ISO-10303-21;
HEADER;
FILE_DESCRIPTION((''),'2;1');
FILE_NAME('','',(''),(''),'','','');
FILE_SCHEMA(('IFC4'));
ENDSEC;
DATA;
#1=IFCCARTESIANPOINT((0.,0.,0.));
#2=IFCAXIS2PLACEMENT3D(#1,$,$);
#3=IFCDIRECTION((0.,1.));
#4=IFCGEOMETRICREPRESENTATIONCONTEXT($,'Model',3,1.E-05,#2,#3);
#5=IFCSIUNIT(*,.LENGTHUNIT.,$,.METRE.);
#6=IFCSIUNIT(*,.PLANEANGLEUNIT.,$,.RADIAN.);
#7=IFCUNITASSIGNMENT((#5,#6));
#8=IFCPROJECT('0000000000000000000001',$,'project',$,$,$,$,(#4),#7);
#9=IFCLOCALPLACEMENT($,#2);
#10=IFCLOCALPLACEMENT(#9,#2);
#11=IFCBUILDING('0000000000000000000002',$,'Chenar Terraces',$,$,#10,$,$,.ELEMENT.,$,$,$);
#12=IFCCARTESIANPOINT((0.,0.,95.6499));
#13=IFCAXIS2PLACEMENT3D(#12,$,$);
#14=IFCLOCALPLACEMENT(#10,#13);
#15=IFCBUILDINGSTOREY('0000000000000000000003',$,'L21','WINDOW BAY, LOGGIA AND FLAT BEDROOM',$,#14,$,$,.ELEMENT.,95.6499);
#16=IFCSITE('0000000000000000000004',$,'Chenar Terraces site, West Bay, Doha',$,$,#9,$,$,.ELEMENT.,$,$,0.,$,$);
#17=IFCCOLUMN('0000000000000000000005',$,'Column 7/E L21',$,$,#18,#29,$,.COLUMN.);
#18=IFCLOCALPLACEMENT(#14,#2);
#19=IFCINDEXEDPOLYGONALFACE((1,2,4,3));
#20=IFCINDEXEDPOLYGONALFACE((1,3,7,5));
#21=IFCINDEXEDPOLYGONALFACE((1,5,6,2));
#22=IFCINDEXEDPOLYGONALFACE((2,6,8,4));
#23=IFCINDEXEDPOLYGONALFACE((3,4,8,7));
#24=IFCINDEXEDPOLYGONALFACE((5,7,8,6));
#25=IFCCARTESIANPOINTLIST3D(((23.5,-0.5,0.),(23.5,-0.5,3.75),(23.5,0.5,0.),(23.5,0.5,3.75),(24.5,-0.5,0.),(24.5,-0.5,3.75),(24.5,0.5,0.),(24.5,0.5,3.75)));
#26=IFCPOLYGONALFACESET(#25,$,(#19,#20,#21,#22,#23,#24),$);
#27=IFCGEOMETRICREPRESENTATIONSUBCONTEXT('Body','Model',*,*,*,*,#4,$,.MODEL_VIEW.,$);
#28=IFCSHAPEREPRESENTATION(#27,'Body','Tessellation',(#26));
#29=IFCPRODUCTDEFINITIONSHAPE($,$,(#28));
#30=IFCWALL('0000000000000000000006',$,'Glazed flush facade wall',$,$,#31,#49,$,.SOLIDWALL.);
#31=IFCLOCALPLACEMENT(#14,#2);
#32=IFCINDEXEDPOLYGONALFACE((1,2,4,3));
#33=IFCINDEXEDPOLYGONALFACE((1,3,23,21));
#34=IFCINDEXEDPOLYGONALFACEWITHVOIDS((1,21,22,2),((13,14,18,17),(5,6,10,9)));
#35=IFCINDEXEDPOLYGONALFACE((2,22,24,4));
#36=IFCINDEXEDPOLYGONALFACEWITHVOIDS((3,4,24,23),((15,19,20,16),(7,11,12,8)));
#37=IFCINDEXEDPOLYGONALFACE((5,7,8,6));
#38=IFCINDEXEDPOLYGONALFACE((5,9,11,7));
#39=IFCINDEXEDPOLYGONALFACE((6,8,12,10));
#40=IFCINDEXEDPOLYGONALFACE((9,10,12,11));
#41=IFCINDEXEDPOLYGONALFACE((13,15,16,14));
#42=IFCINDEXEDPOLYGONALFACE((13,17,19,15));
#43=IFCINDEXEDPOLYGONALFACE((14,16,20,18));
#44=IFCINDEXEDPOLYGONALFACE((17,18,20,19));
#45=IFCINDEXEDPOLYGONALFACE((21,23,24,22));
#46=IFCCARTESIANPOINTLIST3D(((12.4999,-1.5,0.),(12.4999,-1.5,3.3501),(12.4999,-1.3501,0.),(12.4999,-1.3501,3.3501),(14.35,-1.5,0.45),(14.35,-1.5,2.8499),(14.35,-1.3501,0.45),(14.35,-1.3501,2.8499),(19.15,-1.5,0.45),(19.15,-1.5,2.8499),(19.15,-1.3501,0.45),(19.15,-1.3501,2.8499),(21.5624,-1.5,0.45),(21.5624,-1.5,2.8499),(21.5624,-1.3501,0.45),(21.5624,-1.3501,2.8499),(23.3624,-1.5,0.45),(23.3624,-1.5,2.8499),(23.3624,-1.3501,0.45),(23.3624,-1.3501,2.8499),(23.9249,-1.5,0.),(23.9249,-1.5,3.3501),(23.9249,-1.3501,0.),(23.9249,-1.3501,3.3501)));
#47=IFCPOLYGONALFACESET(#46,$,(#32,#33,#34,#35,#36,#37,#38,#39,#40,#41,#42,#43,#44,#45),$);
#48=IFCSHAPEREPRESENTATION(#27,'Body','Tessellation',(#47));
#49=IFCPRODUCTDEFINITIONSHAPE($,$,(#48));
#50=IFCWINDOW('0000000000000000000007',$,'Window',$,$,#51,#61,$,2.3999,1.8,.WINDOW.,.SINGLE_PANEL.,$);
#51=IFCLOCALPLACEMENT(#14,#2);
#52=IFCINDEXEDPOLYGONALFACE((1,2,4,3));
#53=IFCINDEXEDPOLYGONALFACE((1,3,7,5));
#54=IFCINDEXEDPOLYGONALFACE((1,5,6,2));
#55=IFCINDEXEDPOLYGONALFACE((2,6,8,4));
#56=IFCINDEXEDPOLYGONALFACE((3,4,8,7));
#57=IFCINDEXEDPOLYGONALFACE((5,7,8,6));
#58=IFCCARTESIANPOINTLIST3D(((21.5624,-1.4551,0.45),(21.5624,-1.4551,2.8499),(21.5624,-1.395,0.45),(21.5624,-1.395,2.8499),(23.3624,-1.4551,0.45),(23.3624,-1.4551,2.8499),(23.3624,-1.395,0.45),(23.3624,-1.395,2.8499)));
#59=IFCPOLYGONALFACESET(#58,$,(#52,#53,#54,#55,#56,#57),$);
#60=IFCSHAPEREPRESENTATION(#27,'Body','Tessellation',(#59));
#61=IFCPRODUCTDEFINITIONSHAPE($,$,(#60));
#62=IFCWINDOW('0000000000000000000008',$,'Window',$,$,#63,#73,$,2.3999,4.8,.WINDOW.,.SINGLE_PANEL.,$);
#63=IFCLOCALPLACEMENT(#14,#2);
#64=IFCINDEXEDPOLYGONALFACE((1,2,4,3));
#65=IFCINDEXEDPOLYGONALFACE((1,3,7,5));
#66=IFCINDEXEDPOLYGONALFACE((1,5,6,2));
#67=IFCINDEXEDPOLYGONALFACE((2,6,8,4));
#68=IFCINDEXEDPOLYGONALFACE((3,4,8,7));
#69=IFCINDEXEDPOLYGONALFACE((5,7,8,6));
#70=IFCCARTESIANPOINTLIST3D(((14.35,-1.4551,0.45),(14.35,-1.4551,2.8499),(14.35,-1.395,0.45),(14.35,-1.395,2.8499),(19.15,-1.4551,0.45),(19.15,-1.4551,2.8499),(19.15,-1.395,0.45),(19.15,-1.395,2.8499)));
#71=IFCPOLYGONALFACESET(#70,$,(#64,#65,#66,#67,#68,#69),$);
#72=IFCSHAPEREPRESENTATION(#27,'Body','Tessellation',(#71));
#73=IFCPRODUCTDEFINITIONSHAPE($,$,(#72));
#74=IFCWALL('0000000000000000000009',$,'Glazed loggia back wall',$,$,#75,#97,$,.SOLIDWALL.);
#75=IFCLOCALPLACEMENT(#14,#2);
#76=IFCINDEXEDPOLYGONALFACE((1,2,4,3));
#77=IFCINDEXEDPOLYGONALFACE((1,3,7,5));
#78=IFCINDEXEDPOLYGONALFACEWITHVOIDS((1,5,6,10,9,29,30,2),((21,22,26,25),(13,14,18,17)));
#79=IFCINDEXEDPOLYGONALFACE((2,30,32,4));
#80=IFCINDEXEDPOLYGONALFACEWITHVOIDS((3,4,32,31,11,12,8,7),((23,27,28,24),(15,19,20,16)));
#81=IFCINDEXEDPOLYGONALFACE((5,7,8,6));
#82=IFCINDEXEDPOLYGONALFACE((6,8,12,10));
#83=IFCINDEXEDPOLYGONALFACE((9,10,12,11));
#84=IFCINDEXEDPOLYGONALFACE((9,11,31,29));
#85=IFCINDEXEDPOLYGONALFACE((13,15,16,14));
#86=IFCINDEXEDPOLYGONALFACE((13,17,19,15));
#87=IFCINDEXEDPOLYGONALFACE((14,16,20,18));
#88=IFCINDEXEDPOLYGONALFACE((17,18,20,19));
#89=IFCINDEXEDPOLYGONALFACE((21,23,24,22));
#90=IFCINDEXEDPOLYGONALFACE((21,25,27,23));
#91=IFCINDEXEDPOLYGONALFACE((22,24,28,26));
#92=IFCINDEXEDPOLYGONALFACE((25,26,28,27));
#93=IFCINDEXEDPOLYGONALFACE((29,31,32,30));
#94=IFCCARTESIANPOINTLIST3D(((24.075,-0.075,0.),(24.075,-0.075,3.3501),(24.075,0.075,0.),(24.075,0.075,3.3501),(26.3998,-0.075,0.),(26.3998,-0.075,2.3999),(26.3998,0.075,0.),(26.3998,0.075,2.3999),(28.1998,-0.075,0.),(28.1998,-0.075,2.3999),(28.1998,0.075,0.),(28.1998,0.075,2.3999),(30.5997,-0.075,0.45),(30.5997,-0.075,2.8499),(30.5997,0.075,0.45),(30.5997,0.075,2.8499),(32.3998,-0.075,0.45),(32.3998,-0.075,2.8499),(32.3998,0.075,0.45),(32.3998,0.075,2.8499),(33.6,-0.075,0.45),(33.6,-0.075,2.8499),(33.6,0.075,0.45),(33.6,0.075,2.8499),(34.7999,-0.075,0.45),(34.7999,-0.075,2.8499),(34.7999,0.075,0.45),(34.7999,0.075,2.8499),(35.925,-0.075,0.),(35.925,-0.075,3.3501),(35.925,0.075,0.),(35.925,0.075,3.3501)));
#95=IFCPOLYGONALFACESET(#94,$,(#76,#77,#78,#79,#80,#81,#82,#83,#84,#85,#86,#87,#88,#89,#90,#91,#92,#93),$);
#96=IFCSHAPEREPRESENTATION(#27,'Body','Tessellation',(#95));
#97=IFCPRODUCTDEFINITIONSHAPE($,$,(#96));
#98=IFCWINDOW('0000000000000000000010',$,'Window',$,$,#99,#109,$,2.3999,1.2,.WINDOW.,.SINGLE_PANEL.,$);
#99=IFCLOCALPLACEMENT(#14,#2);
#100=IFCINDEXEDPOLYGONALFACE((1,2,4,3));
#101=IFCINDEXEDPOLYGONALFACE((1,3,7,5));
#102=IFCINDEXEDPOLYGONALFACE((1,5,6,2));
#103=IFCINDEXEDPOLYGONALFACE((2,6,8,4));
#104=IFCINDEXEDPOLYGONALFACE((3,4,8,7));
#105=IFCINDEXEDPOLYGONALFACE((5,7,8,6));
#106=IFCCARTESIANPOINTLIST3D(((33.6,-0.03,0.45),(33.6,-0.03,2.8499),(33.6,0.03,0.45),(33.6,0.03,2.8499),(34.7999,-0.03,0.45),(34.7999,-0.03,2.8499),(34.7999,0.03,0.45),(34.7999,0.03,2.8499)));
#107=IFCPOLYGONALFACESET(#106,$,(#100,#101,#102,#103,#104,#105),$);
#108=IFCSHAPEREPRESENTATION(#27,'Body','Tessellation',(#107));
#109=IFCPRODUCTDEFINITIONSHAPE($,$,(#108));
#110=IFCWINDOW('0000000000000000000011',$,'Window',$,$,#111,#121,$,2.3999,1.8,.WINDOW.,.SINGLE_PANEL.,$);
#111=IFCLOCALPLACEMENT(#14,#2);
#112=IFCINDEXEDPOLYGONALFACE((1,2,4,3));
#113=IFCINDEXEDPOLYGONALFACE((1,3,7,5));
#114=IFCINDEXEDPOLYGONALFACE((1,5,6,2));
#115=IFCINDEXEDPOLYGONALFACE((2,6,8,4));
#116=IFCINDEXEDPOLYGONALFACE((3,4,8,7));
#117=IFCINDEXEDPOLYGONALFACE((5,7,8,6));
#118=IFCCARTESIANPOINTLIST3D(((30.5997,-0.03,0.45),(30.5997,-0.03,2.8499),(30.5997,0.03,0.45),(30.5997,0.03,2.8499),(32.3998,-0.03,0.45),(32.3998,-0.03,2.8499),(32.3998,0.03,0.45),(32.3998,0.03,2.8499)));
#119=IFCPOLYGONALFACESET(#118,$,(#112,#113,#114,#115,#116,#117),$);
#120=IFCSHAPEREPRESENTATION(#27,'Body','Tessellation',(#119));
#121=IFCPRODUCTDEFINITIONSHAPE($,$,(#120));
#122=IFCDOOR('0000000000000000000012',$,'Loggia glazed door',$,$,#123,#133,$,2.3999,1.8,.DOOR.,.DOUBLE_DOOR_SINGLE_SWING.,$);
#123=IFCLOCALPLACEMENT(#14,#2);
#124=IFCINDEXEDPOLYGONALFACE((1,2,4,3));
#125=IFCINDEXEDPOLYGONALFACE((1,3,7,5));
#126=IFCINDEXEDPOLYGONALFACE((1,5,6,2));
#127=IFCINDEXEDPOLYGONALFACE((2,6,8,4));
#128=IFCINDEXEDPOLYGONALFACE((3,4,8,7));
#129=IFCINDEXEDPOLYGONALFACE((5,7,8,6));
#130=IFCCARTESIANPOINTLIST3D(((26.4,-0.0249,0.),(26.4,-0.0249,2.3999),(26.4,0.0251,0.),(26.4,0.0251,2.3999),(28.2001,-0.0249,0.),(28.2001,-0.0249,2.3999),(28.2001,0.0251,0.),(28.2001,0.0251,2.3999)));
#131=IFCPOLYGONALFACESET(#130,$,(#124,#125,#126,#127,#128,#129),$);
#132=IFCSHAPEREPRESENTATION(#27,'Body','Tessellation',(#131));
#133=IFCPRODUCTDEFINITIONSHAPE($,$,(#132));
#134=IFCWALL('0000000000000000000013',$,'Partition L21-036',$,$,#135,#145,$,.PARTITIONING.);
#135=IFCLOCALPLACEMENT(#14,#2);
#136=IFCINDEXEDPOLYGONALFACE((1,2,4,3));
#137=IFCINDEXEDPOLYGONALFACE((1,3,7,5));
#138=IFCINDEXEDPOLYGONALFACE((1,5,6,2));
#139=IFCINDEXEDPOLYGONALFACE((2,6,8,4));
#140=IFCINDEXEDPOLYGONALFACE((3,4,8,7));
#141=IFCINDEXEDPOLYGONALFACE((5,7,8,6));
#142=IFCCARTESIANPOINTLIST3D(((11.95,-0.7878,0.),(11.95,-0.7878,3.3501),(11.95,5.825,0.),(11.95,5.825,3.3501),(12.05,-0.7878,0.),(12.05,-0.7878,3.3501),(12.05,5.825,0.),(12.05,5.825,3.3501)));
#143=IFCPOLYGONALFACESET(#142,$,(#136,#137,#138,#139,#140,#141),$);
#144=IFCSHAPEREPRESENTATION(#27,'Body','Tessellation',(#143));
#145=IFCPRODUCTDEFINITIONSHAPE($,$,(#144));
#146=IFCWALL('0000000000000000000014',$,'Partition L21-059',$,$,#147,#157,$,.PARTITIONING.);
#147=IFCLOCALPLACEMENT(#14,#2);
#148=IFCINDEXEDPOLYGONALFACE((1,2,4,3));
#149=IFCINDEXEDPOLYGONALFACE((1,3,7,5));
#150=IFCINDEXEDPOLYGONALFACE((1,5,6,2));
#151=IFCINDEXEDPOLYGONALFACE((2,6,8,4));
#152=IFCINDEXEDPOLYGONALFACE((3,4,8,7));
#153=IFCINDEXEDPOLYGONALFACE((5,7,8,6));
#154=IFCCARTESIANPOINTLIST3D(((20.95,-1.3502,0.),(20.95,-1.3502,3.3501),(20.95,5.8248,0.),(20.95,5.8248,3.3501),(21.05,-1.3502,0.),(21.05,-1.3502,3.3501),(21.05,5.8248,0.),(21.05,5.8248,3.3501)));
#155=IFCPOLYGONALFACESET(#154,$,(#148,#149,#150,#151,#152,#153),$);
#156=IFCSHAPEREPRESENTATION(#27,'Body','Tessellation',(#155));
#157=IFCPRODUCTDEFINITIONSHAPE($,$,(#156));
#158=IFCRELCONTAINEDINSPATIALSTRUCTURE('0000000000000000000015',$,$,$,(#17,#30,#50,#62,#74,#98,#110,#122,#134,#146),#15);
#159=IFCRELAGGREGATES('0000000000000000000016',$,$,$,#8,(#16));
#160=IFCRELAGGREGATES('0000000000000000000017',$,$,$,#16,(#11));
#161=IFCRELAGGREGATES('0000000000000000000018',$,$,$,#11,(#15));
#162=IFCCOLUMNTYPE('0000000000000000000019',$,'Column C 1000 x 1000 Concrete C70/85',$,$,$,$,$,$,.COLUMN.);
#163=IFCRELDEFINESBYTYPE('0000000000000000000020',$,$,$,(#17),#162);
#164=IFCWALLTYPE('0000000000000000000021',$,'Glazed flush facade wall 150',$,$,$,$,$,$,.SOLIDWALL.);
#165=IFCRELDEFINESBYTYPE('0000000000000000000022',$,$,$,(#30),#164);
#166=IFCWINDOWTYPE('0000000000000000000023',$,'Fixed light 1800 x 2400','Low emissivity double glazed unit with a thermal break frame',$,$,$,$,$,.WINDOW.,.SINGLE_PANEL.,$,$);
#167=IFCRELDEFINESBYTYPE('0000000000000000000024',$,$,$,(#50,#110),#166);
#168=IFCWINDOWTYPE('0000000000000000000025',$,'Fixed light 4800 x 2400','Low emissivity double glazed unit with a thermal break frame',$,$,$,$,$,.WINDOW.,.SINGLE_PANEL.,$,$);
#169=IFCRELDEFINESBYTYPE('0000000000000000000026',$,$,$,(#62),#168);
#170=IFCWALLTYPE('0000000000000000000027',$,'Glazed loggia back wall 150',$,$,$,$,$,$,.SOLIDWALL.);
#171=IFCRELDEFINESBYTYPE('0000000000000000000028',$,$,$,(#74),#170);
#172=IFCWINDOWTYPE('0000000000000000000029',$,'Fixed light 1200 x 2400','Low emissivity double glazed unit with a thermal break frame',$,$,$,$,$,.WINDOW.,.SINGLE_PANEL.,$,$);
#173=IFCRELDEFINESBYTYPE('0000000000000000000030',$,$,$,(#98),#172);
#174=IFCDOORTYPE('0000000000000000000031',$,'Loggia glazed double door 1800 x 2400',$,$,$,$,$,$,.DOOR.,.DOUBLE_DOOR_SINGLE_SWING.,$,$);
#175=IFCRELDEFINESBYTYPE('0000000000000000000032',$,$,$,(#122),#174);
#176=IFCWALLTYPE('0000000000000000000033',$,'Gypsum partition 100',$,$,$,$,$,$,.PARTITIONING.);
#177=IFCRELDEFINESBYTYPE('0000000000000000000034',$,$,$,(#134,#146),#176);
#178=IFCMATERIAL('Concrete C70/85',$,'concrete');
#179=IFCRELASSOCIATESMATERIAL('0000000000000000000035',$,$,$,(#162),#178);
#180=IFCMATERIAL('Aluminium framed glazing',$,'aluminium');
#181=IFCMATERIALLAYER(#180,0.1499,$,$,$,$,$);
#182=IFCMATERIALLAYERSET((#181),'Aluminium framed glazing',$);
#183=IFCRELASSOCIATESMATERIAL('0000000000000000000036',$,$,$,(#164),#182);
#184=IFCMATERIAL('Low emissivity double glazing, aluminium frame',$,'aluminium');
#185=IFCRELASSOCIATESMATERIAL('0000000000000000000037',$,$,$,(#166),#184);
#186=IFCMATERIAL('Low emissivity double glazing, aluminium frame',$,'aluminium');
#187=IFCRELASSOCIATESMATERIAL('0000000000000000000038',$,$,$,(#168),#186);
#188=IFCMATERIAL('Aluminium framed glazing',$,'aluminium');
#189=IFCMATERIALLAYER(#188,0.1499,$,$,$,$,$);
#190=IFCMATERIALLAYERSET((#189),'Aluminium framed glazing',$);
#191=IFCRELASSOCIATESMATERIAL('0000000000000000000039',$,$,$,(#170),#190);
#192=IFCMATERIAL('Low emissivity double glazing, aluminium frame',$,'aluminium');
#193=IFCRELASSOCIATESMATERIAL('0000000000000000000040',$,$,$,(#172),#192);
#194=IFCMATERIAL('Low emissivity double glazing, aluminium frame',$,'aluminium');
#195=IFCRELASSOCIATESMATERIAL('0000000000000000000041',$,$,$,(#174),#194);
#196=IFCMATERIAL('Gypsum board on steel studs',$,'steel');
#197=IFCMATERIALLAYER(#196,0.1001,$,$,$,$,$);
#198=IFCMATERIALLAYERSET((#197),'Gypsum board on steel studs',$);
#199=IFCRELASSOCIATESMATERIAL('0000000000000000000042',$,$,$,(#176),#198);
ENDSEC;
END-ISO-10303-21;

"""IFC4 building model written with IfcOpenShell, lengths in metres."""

from ifc_helpers import new_model, si_unit, direction, frame, frame_2d, origin, origin_2d, place, context, subcontext, project, spatial, rectangle, extrude, material, layer, layer_set, material_profile, profile_set, type_object, element, fill, save


model = new_model("IFC4")

# Units and contexts
model_context = context("Model", 3, precision=1e-05, world=origin(), true_north=direction((0.0, 1.0)))
body_context = subcontext(model_context, "Body", "Model", "MODEL_VIEW")
ifc_project = project(units=[si_unit("LENGTHUNIT", "METRE"), si_unit("PLANEANGLEUNIT", "RADIAN")], contexts=[model_context])

# Site, building, storey
site_placement = place(None, origin())
site = spatial("IfcSite", under=ifc_project, at=site_placement, Name="Chenar Terraces site, West Bay, Doha", CompositionType="ELEMENT", RefElevation=0.0)
building_placement = place(site_placement, origin())
building = spatial("IfcBuilding", under=site, at=building_placement, Name="Chenar Terraces", CompositionType="ELEMENT")
storey_placement = place(building_placement, frame((0.0, 0.0, 95.6499)))
storey = spatial("IfcBuildingStorey", under=building, at=storey_placement, Name="L21", Description="WINDOW BAY, LOGGIA AND FLAT BEDROOM", CompositionType="ELEMENT", Elevation=95.6499)

# Column
ifc_material_1 = material(Name="Concrete C70/85", Category="concrete")
ifc_material_profile = material_profile(ifc_material_1, rectangle(XDim=1.0, YDim=1.0, at=origin_2d()), Name="C 1000 x 1000")
ifc_profile_set = profile_set([ifc_material_profile], Name="Concrete C70/85")
column_type = type_object("IfcColumnType", Name="Column C 1000 x 1000 Concrete C70/85", PredefinedType="COLUMN", material=ifc_profile_set)
column_placement = place(storey_placement, frame((24.0, 0.0, 0.0), z_axis=(0.0, 0.0, 1.0), x_axis=(1.0, 0.0, 0.0)))
element("IfcColumn", 1, at=column_placement, inside=storey, type_object=column_type, Name="Column 7/E L21", PredefinedType="COLUMN", context=body_context, shape_type="SweptSolid", body=[
    extrude(rectangle(XDim=1.0, YDim=1.0, at=origin_2d()), origin(), (0.0, 0.0, 1.0), 3.75),
])

# Wall, openings, windows
ifc_material_2 = material(Name="Aluminium framed glazing", Category="aluminium")
ifc_layer_1 = layer(ifc_material_2, 0.1499)
ifc_layer_set_1 = layer_set([ifc_layer_1], Name="Aluminium framed glazing")
wall_type_1 = type_object("IfcWallType", Name="Glazed flush facade wall 150", PredefinedType="SOLIDWALL", material=ifc_layer_set_1)
wall_1_placement = place(storey_placement, frame((12.5, -1.425, 0.0), z_axis=(0.0, 0.0, 1.0), x_axis=(1.0, 0.0, 0.0)))
wall_1 = element("IfcWall", 2, at=wall_1_placement, inside=storey, type_object=wall_type_1, Name="Glazed flush facade wall", PredefinedType="SOLIDWALL", context=body_context, shape_type="SweptSolid", body=[
    extrude(rectangle(XDim=11.425, YDim=0.1499, at=frame_2d((5.7124, 0.0))), origin(), (0.0, 0.0, 1.0), 3.3501),
])
opening_1_placement = place(wall_1_placement, frame((1.8501, 0.0, 0.45)))
opening_1 = element("IfcOpeningElement", 3, at=opening_1_placement, cuts=wall_1, PredefinedType="OPENING", context=body_context, shape_type="SweptSolid", body=[
    extrude(rectangle(XDim=4.8, YDim=2.3999, at=frame_2d((2.3999, 1.2))), frame((0.0, 0.085, 0.0), z_axis=(0.0, -1.0, 0.0), x_axis=(1.0, 0.0, 0.0)), (0.0, 0.0, 1.0), 0.1699),
])
opening_2_placement = place(wall_1_placement, frame((9.0625, 0.0, 0.45)))
opening_2 = element("IfcOpeningElement", 4, at=opening_2_placement, cuts=wall_1, PredefinedType="OPENING", context=body_context, shape_type="SweptSolid", body=[
    extrude(rectangle(XDim=1.8, YDim=2.3999, at=frame_2d((0.8999, 1.2))), frame((0.0, 0.085, 0.0), z_axis=(0.0, -1.0, 0.0), x_axis=(1.0, 0.0, 0.0)), (0.0, 0.0, 1.0), 0.1699),
])
ifc_material_3 = material(Name="Low emissivity double glazing, aluminium frame", Category="aluminium")
window_type_1 = type_object("IfcWindowType", Name="Fixed light 1800 x 2400", Description="Low emissivity double glazed unit with a thermal break frame", PartitioningType="SINGLE_PANEL", PredefinedType="WINDOW", material=ifc_material_3)
window_1_placement = place(opening_2_placement, origin())
window_1 = element("IfcWindow", 5, at=window_1_placement, inside=storey, type_object=window_type_1, Name="Window", OverallHeight=2.3999, OverallWidth=1.8, PartitioningType="SINGLE_PANEL", PredefinedType="WINDOW", context=body_context, shape_type="SweptSolid", body=[
    extrude(rectangle(XDim=1.8, YDim=2.3999, at=frame_2d((0.8999, 1.2))), frame((0.0, 0.03, 0.0), z_axis=(0.0, -1.0, 0.0), x_axis=(1.0, 0.0, 0.0)), (0.0, 0.0, 1.0), 0.0601),
])
fill(opening_2, window_1)
ifc_material_4 = material(Name="Low emissivity double glazing, aluminium frame", Category="aluminium")
window_type_2 = type_object("IfcWindowType", Name="Fixed light 4800 x 2400", Description="Low emissivity double glazed unit with a thermal break frame", PartitioningType="SINGLE_PANEL", PredefinedType="WINDOW", material=ifc_material_4)
window_2_placement = place(opening_1_placement, origin())
window_2 = element("IfcWindow", 6, at=window_2_placement, inside=storey, type_object=window_type_2, Name="Window", OverallHeight=2.3999, OverallWidth=4.8, PartitioningType="SINGLE_PANEL", PredefinedType="WINDOW", context=body_context, shape_type="SweptSolid", body=[
    extrude(rectangle(XDim=4.8, YDim=2.3999, at=frame_2d((2.3999, 1.2))), frame((0.0, 0.03, 0.0), z_axis=(0.0, -1.0, 0.0), x_axis=(1.0, 0.0, 0.0)), (0.0, 0.0, 1.0), 0.0601),
])
fill(opening_1, window_2)

# Wall, openings, windows, door
ifc_material_5 = material(Name="Aluminium framed glazing", Category="aluminium")
ifc_layer_2 = layer(ifc_material_5, 0.1499)
ifc_layer_set_2 = layer_set([ifc_layer_2], Name="Aluminium framed glazing")
wall_type_2 = type_object("IfcWallType", Name="Glazed loggia back wall 150", PredefinedType="SOLIDWALL", material=ifc_layer_set_2)
wall_2_placement = place(storey_placement, frame((24.075, 0.0, 0.0), z_axis=(0.0, 0.0, 1.0), x_axis=(1.0, 0.0, 0.0)))
wall_2 = element("IfcWall", 7, at=wall_2_placement, inside=storey, type_object=wall_type_2, Name="Glazed loggia back wall", PredefinedType="SOLIDWALL", context=body_context, shape_type="SweptSolid", body=[
    extrude(rectangle(XDim=11.8501, YDim=0.1499, at=frame_2d((5.925, 0.0))), origin(), (0.0, 0.0, 1.0), 3.3501),
])
opening_3_placement = place(wall_2_placement, frame((2.325, 0.0, 0.0)))
opening_3 = element("IfcOpeningElement", 8, at=opening_3_placement, cuts=wall_2, PredefinedType="OPENING", context=body_context, shape_type="SweptSolid", body=[
    extrude(rectangle(XDim=1.8, YDim=2.3999, at=frame_2d((0.8999, 1.2))), frame((0.0, 0.085, 0.0), z_axis=(0.0, -1.0, 0.0), x_axis=(1.0, 0.0, 0.0)), (0.0, 0.0, 1.0), 0.1699),
])
opening_4_placement = place(wall_2_placement, frame((6.5249, 0.0, 0.45)))
opening_4 = element("IfcOpeningElement", 9, at=opening_4_placement, cuts=wall_2, PredefinedType="OPENING", context=body_context, shape_type="SweptSolid", body=[
    extrude(rectangle(XDim=1.8, YDim=2.3999, at=frame_2d((0.8999, 1.2))), frame((0.0, 0.085, 0.0), z_axis=(0.0, -1.0, 0.0), x_axis=(1.0, 0.0, 0.0)), (0.0, 0.0, 1.0), 0.1699),
])
opening_5_placement = place(wall_2_placement, frame((9.5249, 0.0, 0.45)))
opening_5 = element("IfcOpeningElement", 10, at=opening_5_placement, cuts=wall_2, PredefinedType="OPENING", context=body_context, shape_type="SweptSolid", body=[
    extrude(rectangle(XDim=1.2, YDim=2.3999, at=frame_2d((0.6001, 1.2))), frame((0.0, 0.085, 0.0), z_axis=(0.0, -1.0, 0.0), x_axis=(1.0, 0.0, 0.0)), (0.0, 0.0, 1.0), 0.1699),
])
ifc_material_6 = material(Name="Low emissivity double glazing, aluminium frame", Category="aluminium")
window_type_3 = type_object("IfcWindowType", Name="Fixed light 1200 x 2400", Description="Low emissivity double glazed unit with a thermal break frame", PartitioningType="SINGLE_PANEL", PredefinedType="WINDOW", material=ifc_material_6)
window_3_placement = place(opening_5_placement, origin())
window_3 = element("IfcWindow", 11, at=window_3_placement, inside=storey, type_object=window_type_3, Name="Window", OverallHeight=2.3999, OverallWidth=1.2, PartitioningType="SINGLE_PANEL", PredefinedType="WINDOW", context=body_context, shape_type="SweptSolid", body=[
    extrude(rectangle(XDim=1.2, YDim=2.3999, at=frame_2d((0.6001, 1.2))), frame((0.0, 0.03, 0.0), z_axis=(0.0, -1.0, 0.0), x_axis=(1.0, 0.0, 0.0)), (0.0, 0.0, 1.0), 0.0601),
])
fill(opening_5, window_3)
window_4_placement = place(opening_4_placement, origin())
window_4 = element("IfcWindow", 12, at=window_4_placement, inside=storey, type_object=window_type_1, Name="Window", OverallHeight=2.3999, OverallWidth=1.8, PartitioningType="SINGLE_PANEL", PredefinedType="WINDOW", context=body_context, shape_type="SweptSolid", body=[
    extrude(rectangle(XDim=1.8, YDim=2.3999, at=frame_2d((0.8999, 1.2))), frame((0.0, 0.03, 0.0), z_axis=(0.0, -1.0, 0.0), x_axis=(1.0, 0.0, 0.0)), (0.0, 0.0, 1.0), 0.0601),
])
fill(opening_4, window_4)
ifc_material_7 = material(Name="Low emissivity double glazing, aluminium frame", Category="aluminium")
door_type = type_object("IfcDoorType", Name="Loggia glazed double door 1800 x 2400", OperationType="DOUBLE_DOOR_SINGLE_SWING", PredefinedType="DOOR", material=ifc_material_7)
door_placement = place(opening_3_placement, frame((1.8, 0.0, 0.0), z_axis=(0.0, 0.0, 1.0), x_axis=(-1.0, 0.0, 0.0)))
door = element("IfcDoor", 13, at=door_placement, inside=storey, type_object=door_type, Name="Loggia glazed door", OperationType="DOUBLE_DOOR_SINGLE_SWING", OverallHeight=2.3999, OverallWidth=1.8, PredefinedType="DOOR", context=body_context, shape_type="SweptSolid", body=[
    extrude(rectangle(XDim=1.8, YDim=2.3999, at=frame_2d((0.8999, 1.2))), frame((0.0, 0.0249, 0.0), z_axis=(0.0, -1.0, 0.0), x_axis=(1.0, 0.0, 0.0)), (0.0, 0.0, 1.0), 0.05),
])
fill(opening_3, door)

# Walls
ifc_material_8 = material(Name="Gypsum board on steel studs", Category="steel")
ifc_layer_3 = layer(ifc_material_8, 0.1001)
ifc_layer_set_3 = layer_set([ifc_layer_3], Name="Gypsum board on steel studs")
wall_type_3 = type_object("IfcWallType", Name="Gypsum partition 100", PredefinedType="PARTITIONING", material=ifc_layer_set_3)
wall_3_placement = place(storey_placement, frame((12.0, -0.7878, 0.0), z_axis=(0.0, 0.0, 1.0), x_axis=(0.0, 1.0, 0.0)))
element("IfcWall", 14, at=wall_3_placement, inside=storey, type_object=wall_type_3, Name="Partition L21-036", PredefinedType="PARTITIONING", context=body_context, shape_type="SweptSolid", body=[
    extrude(rectangle(XDim=6.6128, YDim=0.1001, at=frame_2d((3.3064, 0.0))), origin(), (0.0, 0.0, 1.0), 3.3501),
])
wall_4_placement = place(storey_placement, frame((21.0, -1.3501, 0.0), z_axis=(0.0, 0.0, 1.0), x_axis=(0.0, 1.0, 0.0)))
element("IfcWall", 15, at=wall_4_placement, inside=storey, type_object=wall_type_3, Name="Partition L21-059", PredefinedType="PARTITIONING", context=body_context, shape_type="SweptSolid", body=[
    extrude(rectangle(XDim=7.175, YDim=0.1001, at=frame_2d((3.5874, 0.0))), origin(), (0.0, 0.0, 1.0), 3.3501),
])

save(model, "model.ifc")
